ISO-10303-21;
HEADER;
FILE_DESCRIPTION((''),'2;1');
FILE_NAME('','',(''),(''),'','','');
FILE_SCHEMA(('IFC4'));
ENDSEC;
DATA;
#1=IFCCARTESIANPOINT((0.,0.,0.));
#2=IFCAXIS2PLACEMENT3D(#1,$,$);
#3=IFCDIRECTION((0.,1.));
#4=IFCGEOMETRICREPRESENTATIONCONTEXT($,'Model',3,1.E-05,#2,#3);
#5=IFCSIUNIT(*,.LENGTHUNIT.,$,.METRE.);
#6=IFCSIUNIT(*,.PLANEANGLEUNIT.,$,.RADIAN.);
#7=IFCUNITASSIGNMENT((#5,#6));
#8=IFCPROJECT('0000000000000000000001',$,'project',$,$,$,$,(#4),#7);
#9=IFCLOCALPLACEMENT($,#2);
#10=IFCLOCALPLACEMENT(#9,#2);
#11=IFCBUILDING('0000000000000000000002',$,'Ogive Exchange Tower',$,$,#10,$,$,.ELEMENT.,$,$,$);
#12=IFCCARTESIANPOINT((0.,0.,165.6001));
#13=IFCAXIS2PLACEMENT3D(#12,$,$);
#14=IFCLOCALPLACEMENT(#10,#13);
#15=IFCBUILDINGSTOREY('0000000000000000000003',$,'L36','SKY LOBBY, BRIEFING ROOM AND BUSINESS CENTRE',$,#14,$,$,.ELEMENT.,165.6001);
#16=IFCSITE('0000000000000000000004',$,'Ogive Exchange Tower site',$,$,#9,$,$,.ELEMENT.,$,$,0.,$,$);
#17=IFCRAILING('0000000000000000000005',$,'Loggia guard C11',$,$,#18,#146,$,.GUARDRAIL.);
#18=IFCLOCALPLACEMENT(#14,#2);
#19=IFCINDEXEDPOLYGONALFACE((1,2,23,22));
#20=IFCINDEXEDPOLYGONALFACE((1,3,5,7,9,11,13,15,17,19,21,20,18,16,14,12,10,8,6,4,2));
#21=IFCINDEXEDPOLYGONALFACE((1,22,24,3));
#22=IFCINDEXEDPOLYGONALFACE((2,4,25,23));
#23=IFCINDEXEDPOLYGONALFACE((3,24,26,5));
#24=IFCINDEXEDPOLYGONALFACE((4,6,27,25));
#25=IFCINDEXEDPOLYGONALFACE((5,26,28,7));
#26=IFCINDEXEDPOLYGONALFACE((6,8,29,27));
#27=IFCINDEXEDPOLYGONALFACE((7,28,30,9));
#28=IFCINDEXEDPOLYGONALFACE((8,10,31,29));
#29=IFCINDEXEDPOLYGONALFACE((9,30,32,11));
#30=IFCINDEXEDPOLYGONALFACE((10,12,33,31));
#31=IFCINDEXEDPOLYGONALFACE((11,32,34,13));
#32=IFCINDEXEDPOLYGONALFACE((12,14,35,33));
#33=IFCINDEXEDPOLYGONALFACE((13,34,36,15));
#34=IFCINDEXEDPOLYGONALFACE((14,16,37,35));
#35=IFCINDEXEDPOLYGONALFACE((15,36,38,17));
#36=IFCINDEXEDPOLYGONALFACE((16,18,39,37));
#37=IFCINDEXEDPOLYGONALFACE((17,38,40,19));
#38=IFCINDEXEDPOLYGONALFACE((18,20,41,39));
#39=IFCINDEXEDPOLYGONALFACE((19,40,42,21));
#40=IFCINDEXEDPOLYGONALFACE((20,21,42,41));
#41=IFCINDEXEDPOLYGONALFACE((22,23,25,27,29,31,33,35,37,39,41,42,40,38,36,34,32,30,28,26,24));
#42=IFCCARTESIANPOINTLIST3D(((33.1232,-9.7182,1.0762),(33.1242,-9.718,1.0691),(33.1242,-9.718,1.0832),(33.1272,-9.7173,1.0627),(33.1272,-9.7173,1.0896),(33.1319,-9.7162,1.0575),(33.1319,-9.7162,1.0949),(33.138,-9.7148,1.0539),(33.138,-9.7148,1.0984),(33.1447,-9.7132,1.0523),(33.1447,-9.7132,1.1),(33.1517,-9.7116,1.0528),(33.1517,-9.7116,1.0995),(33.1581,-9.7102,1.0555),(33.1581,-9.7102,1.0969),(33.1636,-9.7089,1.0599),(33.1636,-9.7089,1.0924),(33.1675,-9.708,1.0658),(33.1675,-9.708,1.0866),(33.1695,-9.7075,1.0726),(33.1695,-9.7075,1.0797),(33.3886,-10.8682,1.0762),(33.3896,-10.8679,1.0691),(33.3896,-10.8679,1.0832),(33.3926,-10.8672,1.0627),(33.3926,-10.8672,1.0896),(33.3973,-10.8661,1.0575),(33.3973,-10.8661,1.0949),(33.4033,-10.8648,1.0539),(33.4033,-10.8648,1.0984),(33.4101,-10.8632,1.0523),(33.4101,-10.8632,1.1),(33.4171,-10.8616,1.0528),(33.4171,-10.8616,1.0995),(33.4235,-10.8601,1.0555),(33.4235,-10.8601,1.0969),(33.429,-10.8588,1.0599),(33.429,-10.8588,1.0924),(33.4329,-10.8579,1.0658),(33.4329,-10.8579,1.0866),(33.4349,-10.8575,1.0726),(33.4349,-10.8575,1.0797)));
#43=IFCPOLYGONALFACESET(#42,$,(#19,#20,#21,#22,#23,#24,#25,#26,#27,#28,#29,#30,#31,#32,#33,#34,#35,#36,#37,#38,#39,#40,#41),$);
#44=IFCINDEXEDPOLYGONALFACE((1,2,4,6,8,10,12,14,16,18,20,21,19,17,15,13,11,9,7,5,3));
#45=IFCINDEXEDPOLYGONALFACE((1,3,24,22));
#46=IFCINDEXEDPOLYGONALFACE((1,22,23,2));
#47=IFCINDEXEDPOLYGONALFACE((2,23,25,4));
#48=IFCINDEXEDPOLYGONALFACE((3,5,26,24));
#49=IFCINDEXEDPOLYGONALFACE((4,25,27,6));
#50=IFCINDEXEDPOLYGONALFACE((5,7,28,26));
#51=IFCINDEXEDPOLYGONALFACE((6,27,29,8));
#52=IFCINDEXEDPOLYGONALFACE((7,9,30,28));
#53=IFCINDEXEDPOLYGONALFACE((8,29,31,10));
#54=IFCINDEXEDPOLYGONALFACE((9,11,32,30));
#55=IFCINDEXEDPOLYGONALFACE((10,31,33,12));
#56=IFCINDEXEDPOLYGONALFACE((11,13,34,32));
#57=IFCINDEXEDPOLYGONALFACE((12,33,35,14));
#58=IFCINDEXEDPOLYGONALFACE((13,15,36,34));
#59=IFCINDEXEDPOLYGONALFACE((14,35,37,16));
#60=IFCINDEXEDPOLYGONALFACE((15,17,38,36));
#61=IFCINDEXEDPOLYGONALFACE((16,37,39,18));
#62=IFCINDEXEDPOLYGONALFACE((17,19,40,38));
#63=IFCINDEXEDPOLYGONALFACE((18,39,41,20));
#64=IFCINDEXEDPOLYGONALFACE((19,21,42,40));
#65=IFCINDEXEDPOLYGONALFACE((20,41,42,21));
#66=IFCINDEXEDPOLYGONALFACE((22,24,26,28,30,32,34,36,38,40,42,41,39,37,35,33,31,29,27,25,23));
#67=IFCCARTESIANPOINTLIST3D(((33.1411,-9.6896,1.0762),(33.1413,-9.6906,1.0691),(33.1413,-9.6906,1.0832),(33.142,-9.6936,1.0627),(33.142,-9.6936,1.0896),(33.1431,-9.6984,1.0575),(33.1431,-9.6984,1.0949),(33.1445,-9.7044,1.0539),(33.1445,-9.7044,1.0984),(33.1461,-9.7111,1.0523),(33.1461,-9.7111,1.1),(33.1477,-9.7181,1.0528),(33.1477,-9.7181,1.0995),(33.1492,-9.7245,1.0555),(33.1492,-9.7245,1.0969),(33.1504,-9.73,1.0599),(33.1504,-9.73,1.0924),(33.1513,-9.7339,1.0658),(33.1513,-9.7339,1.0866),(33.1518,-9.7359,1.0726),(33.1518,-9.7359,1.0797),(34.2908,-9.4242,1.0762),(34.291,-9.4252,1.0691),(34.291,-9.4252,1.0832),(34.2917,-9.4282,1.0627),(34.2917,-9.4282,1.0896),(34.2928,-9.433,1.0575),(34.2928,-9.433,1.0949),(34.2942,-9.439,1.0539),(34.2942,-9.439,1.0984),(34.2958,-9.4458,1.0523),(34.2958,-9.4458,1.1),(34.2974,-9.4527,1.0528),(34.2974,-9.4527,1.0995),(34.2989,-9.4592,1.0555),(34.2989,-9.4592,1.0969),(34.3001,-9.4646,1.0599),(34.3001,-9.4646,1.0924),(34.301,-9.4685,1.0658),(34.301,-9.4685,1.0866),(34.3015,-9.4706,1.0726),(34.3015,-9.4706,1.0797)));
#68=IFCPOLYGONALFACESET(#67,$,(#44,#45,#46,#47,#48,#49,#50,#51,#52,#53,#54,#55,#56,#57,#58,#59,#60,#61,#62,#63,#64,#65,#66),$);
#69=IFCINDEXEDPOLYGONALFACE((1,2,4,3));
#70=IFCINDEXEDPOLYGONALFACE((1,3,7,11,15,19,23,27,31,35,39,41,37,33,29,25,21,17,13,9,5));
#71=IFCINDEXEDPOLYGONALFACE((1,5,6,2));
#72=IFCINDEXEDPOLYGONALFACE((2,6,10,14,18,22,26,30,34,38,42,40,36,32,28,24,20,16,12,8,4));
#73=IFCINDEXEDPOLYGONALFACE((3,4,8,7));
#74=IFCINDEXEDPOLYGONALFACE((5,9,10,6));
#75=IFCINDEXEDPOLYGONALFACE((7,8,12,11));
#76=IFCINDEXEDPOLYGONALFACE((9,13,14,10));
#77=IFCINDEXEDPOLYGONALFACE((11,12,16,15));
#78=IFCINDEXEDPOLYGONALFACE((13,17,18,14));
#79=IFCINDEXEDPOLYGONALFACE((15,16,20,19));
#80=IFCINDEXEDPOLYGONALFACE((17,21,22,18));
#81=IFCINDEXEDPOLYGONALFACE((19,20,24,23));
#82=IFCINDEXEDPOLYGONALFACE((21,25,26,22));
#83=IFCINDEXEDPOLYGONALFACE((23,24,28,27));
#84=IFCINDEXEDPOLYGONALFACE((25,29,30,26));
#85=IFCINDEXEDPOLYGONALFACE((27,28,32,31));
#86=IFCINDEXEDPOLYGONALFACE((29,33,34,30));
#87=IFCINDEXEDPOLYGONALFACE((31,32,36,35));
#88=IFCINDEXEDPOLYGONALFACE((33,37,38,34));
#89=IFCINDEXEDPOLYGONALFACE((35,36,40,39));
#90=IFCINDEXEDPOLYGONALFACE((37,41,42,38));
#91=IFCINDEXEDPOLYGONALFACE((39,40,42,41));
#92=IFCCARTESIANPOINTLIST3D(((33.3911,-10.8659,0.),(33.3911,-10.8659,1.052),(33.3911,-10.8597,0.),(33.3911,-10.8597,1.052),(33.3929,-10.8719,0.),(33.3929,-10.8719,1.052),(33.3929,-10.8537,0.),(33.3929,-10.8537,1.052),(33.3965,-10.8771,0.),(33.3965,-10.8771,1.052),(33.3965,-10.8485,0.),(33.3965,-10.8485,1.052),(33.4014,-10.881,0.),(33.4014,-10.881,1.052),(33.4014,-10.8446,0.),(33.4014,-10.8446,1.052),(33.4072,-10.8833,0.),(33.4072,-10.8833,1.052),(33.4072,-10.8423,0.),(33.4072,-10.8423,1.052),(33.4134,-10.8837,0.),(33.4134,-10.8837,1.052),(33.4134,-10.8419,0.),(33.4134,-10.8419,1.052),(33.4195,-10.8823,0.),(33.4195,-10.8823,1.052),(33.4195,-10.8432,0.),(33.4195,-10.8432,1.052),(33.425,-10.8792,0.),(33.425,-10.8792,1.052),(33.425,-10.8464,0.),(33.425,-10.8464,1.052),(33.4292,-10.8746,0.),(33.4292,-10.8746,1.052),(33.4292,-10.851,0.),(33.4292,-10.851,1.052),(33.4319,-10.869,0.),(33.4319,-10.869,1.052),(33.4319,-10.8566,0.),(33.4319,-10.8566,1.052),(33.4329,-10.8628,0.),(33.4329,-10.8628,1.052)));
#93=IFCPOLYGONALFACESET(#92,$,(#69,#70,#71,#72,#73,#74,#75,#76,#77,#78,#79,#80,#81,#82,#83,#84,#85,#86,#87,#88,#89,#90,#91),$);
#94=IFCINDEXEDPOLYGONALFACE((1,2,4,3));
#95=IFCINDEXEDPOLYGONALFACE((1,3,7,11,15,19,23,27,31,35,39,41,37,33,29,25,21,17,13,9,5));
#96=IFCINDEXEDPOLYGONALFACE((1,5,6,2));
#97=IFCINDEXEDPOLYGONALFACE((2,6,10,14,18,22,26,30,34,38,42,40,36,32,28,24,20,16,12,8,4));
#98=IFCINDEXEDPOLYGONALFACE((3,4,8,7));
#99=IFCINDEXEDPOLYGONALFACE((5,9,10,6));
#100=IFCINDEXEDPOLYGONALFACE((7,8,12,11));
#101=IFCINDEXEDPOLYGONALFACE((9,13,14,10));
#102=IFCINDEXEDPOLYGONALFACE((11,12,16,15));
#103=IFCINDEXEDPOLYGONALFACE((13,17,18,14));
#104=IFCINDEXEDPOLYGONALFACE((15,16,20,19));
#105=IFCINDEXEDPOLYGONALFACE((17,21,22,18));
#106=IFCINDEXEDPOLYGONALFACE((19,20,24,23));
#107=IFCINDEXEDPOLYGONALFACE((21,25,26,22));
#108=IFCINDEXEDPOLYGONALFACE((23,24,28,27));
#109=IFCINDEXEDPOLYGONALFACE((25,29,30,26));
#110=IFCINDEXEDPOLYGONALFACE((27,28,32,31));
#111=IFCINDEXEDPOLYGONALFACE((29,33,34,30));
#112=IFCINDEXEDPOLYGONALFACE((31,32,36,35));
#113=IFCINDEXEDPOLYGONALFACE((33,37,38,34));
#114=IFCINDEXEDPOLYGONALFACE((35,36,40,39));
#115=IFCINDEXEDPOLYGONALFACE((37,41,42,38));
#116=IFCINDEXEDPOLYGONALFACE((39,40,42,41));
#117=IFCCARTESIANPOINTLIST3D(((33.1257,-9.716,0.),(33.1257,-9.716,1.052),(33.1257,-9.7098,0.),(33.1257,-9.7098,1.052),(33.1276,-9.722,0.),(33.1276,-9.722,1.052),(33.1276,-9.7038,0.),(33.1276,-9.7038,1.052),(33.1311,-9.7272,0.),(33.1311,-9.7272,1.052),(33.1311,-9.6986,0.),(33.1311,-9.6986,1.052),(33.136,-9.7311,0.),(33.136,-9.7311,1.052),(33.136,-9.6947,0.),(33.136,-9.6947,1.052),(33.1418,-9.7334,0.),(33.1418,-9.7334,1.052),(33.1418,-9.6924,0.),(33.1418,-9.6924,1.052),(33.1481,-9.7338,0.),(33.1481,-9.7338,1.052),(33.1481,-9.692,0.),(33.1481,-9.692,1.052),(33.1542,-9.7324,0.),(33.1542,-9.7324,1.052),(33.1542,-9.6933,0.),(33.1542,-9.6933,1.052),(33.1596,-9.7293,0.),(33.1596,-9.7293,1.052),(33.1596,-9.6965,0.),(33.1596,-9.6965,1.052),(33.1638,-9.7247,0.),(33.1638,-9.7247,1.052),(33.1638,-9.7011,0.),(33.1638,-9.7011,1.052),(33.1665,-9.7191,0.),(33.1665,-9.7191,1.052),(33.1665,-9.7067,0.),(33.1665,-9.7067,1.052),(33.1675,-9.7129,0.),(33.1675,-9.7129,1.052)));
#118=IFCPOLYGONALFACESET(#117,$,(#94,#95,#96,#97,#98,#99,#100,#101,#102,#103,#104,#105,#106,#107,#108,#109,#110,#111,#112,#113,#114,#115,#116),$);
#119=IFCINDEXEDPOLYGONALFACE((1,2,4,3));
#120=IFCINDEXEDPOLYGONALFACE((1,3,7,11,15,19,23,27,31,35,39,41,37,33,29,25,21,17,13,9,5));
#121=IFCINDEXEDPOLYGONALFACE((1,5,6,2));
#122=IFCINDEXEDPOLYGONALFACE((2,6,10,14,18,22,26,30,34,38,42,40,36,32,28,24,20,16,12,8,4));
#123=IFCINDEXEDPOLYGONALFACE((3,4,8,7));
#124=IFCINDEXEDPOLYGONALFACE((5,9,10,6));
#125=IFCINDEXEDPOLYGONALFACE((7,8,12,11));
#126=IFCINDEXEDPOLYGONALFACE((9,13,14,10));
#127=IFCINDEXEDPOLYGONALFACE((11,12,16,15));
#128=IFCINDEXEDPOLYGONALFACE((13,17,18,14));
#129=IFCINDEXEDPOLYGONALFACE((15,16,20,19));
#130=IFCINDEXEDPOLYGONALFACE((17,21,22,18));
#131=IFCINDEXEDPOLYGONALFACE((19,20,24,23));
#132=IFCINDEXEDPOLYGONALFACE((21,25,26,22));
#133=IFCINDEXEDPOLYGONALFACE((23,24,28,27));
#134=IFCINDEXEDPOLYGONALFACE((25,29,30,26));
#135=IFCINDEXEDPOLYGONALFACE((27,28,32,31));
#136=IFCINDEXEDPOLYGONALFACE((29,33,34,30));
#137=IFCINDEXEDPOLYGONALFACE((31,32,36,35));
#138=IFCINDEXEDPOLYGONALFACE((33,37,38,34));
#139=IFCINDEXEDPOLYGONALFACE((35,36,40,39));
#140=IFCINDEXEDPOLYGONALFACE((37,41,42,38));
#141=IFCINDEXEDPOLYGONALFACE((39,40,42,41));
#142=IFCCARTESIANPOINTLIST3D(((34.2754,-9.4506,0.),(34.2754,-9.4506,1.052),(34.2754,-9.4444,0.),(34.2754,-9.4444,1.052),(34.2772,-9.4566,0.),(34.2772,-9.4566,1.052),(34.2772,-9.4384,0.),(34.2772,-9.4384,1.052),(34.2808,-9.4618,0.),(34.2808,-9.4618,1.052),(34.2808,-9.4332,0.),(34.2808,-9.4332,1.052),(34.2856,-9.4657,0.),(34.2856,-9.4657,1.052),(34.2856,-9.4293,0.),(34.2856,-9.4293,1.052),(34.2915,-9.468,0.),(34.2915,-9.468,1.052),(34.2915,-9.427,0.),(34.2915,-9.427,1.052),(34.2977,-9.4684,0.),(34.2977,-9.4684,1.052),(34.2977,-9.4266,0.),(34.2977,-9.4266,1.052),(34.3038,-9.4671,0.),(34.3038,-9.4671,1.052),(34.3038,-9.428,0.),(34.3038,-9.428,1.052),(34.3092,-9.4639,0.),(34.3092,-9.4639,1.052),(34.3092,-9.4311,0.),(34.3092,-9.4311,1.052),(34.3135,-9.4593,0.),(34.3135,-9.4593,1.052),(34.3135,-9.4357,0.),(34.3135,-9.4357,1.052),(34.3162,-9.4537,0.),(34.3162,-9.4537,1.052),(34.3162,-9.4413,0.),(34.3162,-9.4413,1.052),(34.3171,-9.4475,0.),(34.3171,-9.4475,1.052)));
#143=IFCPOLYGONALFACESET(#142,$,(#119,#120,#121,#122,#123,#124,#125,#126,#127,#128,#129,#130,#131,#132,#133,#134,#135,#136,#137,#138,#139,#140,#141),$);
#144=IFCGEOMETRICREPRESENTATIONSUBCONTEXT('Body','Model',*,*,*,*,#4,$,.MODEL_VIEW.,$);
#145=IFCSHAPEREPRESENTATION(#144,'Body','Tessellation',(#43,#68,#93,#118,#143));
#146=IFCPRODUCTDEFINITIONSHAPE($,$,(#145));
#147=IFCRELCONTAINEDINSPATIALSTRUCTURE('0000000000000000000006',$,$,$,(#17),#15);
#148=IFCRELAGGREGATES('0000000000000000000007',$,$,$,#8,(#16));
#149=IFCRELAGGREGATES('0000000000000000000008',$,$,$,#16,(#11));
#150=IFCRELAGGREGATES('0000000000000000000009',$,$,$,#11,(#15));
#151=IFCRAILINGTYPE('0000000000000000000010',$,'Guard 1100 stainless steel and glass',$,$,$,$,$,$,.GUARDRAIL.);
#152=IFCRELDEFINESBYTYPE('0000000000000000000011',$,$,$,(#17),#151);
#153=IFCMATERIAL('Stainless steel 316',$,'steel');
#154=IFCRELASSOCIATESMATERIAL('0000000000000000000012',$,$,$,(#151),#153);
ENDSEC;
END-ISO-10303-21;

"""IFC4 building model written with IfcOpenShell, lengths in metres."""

from ifc_helpers import new_model, si_unit, direction, frame, origin, origin_2d, place, context, subcontext, project, spatial, circle, extrude, material, type_object, element, save


model = new_model("IFC4")

# Units and contexts
model_context = context("Model", 3, precision=1e-05, world=origin(), true_north=direction((0.0, 1.0)))
body_context = subcontext(model_context, "Body", "Model", "MODEL_VIEW")
ifc_project = project(units=[si_unit("LENGTHUNIT", "METRE"), si_unit("PLANEANGLEUNIT", "RADIAN")], contexts=[model_context])

# Site, building, storey
site_placement = place(None, origin())
site = spatial("IfcSite", under=ifc_project, at=site_placement, Name="Ogive Exchange Tower site", CompositionType="ELEMENT", RefElevation=0.0)
building_placement = place(site_placement, origin())
building = spatial("IfcBuilding", under=site, at=building_placement, Name="Ogive Exchange Tower", CompositionType="ELEMENT")
storey_placement = place(building_placement, frame((0.0, 0.0, 165.6001)))
storey = spatial("IfcBuildingStorey", under=building, at=storey_placement, Name="L36", Description="SKY LOBBY, BRIEFING ROOM AND BUSINESS CENTRE", CompositionType="ELEMENT", Elevation=165.6001)

# Railing
ifc_material_1 = material(Name="Stainless steel 316", Category="steel")
railing_type_1 = type_object("IfcRailingType", Name="Guard 1100 stainless steel and glass", PredefinedType="GUARDRAIL", material=ifc_material_1)
for number, where, name in (
    (1, (33.4119, -10.8628, 0.0), "Loggia guard C11"),
):
    element("IfcRailing", number, at=place(storey_placement, frame(where)), inside=storey, type_object=railing_type_1, Name=name, PredefinedType="GUARDRAIL", context=body_context, shape_type="SweptSolid", body=[
        extrude(circle(Radius=0.0239, at=origin_2d()), frame((0.0, 0.0, 1.0762), z_axis=(-0.224875, 0.974388, 0.0), x_axis=(-0.974388, -0.224875, 0.0)), (0.0, 0.0, 1.0), 1.1802),
        extrude(circle(Radius=0.0239, at=origin_2d()), frame((-0.2654, 1.1499, 1.0762), z_axis=(0.974377, 0.22492, 0.0), x_axis=(-0.22492, 0.974377, 0.0)), (0.0, 0.0, 1.0), 1.1799),
        extrude(circle(Radius=0.021, at=origin_2d()), origin(), (0.0, 0.0, 1.0), 1.052),
        extrude(circle(Radius=0.021, at=origin_2d()), frame((-0.2654, 1.1499, 0.0)), (0.0, 0.0, 1.0), 1.052),
        extrude(circle(Radius=0.021, at=origin_2d()), frame((0.8843, 1.4153, 0.0)), (0.0, 0.0, 1.0), 1.052),
    ])

save(model, "model.ifc")
